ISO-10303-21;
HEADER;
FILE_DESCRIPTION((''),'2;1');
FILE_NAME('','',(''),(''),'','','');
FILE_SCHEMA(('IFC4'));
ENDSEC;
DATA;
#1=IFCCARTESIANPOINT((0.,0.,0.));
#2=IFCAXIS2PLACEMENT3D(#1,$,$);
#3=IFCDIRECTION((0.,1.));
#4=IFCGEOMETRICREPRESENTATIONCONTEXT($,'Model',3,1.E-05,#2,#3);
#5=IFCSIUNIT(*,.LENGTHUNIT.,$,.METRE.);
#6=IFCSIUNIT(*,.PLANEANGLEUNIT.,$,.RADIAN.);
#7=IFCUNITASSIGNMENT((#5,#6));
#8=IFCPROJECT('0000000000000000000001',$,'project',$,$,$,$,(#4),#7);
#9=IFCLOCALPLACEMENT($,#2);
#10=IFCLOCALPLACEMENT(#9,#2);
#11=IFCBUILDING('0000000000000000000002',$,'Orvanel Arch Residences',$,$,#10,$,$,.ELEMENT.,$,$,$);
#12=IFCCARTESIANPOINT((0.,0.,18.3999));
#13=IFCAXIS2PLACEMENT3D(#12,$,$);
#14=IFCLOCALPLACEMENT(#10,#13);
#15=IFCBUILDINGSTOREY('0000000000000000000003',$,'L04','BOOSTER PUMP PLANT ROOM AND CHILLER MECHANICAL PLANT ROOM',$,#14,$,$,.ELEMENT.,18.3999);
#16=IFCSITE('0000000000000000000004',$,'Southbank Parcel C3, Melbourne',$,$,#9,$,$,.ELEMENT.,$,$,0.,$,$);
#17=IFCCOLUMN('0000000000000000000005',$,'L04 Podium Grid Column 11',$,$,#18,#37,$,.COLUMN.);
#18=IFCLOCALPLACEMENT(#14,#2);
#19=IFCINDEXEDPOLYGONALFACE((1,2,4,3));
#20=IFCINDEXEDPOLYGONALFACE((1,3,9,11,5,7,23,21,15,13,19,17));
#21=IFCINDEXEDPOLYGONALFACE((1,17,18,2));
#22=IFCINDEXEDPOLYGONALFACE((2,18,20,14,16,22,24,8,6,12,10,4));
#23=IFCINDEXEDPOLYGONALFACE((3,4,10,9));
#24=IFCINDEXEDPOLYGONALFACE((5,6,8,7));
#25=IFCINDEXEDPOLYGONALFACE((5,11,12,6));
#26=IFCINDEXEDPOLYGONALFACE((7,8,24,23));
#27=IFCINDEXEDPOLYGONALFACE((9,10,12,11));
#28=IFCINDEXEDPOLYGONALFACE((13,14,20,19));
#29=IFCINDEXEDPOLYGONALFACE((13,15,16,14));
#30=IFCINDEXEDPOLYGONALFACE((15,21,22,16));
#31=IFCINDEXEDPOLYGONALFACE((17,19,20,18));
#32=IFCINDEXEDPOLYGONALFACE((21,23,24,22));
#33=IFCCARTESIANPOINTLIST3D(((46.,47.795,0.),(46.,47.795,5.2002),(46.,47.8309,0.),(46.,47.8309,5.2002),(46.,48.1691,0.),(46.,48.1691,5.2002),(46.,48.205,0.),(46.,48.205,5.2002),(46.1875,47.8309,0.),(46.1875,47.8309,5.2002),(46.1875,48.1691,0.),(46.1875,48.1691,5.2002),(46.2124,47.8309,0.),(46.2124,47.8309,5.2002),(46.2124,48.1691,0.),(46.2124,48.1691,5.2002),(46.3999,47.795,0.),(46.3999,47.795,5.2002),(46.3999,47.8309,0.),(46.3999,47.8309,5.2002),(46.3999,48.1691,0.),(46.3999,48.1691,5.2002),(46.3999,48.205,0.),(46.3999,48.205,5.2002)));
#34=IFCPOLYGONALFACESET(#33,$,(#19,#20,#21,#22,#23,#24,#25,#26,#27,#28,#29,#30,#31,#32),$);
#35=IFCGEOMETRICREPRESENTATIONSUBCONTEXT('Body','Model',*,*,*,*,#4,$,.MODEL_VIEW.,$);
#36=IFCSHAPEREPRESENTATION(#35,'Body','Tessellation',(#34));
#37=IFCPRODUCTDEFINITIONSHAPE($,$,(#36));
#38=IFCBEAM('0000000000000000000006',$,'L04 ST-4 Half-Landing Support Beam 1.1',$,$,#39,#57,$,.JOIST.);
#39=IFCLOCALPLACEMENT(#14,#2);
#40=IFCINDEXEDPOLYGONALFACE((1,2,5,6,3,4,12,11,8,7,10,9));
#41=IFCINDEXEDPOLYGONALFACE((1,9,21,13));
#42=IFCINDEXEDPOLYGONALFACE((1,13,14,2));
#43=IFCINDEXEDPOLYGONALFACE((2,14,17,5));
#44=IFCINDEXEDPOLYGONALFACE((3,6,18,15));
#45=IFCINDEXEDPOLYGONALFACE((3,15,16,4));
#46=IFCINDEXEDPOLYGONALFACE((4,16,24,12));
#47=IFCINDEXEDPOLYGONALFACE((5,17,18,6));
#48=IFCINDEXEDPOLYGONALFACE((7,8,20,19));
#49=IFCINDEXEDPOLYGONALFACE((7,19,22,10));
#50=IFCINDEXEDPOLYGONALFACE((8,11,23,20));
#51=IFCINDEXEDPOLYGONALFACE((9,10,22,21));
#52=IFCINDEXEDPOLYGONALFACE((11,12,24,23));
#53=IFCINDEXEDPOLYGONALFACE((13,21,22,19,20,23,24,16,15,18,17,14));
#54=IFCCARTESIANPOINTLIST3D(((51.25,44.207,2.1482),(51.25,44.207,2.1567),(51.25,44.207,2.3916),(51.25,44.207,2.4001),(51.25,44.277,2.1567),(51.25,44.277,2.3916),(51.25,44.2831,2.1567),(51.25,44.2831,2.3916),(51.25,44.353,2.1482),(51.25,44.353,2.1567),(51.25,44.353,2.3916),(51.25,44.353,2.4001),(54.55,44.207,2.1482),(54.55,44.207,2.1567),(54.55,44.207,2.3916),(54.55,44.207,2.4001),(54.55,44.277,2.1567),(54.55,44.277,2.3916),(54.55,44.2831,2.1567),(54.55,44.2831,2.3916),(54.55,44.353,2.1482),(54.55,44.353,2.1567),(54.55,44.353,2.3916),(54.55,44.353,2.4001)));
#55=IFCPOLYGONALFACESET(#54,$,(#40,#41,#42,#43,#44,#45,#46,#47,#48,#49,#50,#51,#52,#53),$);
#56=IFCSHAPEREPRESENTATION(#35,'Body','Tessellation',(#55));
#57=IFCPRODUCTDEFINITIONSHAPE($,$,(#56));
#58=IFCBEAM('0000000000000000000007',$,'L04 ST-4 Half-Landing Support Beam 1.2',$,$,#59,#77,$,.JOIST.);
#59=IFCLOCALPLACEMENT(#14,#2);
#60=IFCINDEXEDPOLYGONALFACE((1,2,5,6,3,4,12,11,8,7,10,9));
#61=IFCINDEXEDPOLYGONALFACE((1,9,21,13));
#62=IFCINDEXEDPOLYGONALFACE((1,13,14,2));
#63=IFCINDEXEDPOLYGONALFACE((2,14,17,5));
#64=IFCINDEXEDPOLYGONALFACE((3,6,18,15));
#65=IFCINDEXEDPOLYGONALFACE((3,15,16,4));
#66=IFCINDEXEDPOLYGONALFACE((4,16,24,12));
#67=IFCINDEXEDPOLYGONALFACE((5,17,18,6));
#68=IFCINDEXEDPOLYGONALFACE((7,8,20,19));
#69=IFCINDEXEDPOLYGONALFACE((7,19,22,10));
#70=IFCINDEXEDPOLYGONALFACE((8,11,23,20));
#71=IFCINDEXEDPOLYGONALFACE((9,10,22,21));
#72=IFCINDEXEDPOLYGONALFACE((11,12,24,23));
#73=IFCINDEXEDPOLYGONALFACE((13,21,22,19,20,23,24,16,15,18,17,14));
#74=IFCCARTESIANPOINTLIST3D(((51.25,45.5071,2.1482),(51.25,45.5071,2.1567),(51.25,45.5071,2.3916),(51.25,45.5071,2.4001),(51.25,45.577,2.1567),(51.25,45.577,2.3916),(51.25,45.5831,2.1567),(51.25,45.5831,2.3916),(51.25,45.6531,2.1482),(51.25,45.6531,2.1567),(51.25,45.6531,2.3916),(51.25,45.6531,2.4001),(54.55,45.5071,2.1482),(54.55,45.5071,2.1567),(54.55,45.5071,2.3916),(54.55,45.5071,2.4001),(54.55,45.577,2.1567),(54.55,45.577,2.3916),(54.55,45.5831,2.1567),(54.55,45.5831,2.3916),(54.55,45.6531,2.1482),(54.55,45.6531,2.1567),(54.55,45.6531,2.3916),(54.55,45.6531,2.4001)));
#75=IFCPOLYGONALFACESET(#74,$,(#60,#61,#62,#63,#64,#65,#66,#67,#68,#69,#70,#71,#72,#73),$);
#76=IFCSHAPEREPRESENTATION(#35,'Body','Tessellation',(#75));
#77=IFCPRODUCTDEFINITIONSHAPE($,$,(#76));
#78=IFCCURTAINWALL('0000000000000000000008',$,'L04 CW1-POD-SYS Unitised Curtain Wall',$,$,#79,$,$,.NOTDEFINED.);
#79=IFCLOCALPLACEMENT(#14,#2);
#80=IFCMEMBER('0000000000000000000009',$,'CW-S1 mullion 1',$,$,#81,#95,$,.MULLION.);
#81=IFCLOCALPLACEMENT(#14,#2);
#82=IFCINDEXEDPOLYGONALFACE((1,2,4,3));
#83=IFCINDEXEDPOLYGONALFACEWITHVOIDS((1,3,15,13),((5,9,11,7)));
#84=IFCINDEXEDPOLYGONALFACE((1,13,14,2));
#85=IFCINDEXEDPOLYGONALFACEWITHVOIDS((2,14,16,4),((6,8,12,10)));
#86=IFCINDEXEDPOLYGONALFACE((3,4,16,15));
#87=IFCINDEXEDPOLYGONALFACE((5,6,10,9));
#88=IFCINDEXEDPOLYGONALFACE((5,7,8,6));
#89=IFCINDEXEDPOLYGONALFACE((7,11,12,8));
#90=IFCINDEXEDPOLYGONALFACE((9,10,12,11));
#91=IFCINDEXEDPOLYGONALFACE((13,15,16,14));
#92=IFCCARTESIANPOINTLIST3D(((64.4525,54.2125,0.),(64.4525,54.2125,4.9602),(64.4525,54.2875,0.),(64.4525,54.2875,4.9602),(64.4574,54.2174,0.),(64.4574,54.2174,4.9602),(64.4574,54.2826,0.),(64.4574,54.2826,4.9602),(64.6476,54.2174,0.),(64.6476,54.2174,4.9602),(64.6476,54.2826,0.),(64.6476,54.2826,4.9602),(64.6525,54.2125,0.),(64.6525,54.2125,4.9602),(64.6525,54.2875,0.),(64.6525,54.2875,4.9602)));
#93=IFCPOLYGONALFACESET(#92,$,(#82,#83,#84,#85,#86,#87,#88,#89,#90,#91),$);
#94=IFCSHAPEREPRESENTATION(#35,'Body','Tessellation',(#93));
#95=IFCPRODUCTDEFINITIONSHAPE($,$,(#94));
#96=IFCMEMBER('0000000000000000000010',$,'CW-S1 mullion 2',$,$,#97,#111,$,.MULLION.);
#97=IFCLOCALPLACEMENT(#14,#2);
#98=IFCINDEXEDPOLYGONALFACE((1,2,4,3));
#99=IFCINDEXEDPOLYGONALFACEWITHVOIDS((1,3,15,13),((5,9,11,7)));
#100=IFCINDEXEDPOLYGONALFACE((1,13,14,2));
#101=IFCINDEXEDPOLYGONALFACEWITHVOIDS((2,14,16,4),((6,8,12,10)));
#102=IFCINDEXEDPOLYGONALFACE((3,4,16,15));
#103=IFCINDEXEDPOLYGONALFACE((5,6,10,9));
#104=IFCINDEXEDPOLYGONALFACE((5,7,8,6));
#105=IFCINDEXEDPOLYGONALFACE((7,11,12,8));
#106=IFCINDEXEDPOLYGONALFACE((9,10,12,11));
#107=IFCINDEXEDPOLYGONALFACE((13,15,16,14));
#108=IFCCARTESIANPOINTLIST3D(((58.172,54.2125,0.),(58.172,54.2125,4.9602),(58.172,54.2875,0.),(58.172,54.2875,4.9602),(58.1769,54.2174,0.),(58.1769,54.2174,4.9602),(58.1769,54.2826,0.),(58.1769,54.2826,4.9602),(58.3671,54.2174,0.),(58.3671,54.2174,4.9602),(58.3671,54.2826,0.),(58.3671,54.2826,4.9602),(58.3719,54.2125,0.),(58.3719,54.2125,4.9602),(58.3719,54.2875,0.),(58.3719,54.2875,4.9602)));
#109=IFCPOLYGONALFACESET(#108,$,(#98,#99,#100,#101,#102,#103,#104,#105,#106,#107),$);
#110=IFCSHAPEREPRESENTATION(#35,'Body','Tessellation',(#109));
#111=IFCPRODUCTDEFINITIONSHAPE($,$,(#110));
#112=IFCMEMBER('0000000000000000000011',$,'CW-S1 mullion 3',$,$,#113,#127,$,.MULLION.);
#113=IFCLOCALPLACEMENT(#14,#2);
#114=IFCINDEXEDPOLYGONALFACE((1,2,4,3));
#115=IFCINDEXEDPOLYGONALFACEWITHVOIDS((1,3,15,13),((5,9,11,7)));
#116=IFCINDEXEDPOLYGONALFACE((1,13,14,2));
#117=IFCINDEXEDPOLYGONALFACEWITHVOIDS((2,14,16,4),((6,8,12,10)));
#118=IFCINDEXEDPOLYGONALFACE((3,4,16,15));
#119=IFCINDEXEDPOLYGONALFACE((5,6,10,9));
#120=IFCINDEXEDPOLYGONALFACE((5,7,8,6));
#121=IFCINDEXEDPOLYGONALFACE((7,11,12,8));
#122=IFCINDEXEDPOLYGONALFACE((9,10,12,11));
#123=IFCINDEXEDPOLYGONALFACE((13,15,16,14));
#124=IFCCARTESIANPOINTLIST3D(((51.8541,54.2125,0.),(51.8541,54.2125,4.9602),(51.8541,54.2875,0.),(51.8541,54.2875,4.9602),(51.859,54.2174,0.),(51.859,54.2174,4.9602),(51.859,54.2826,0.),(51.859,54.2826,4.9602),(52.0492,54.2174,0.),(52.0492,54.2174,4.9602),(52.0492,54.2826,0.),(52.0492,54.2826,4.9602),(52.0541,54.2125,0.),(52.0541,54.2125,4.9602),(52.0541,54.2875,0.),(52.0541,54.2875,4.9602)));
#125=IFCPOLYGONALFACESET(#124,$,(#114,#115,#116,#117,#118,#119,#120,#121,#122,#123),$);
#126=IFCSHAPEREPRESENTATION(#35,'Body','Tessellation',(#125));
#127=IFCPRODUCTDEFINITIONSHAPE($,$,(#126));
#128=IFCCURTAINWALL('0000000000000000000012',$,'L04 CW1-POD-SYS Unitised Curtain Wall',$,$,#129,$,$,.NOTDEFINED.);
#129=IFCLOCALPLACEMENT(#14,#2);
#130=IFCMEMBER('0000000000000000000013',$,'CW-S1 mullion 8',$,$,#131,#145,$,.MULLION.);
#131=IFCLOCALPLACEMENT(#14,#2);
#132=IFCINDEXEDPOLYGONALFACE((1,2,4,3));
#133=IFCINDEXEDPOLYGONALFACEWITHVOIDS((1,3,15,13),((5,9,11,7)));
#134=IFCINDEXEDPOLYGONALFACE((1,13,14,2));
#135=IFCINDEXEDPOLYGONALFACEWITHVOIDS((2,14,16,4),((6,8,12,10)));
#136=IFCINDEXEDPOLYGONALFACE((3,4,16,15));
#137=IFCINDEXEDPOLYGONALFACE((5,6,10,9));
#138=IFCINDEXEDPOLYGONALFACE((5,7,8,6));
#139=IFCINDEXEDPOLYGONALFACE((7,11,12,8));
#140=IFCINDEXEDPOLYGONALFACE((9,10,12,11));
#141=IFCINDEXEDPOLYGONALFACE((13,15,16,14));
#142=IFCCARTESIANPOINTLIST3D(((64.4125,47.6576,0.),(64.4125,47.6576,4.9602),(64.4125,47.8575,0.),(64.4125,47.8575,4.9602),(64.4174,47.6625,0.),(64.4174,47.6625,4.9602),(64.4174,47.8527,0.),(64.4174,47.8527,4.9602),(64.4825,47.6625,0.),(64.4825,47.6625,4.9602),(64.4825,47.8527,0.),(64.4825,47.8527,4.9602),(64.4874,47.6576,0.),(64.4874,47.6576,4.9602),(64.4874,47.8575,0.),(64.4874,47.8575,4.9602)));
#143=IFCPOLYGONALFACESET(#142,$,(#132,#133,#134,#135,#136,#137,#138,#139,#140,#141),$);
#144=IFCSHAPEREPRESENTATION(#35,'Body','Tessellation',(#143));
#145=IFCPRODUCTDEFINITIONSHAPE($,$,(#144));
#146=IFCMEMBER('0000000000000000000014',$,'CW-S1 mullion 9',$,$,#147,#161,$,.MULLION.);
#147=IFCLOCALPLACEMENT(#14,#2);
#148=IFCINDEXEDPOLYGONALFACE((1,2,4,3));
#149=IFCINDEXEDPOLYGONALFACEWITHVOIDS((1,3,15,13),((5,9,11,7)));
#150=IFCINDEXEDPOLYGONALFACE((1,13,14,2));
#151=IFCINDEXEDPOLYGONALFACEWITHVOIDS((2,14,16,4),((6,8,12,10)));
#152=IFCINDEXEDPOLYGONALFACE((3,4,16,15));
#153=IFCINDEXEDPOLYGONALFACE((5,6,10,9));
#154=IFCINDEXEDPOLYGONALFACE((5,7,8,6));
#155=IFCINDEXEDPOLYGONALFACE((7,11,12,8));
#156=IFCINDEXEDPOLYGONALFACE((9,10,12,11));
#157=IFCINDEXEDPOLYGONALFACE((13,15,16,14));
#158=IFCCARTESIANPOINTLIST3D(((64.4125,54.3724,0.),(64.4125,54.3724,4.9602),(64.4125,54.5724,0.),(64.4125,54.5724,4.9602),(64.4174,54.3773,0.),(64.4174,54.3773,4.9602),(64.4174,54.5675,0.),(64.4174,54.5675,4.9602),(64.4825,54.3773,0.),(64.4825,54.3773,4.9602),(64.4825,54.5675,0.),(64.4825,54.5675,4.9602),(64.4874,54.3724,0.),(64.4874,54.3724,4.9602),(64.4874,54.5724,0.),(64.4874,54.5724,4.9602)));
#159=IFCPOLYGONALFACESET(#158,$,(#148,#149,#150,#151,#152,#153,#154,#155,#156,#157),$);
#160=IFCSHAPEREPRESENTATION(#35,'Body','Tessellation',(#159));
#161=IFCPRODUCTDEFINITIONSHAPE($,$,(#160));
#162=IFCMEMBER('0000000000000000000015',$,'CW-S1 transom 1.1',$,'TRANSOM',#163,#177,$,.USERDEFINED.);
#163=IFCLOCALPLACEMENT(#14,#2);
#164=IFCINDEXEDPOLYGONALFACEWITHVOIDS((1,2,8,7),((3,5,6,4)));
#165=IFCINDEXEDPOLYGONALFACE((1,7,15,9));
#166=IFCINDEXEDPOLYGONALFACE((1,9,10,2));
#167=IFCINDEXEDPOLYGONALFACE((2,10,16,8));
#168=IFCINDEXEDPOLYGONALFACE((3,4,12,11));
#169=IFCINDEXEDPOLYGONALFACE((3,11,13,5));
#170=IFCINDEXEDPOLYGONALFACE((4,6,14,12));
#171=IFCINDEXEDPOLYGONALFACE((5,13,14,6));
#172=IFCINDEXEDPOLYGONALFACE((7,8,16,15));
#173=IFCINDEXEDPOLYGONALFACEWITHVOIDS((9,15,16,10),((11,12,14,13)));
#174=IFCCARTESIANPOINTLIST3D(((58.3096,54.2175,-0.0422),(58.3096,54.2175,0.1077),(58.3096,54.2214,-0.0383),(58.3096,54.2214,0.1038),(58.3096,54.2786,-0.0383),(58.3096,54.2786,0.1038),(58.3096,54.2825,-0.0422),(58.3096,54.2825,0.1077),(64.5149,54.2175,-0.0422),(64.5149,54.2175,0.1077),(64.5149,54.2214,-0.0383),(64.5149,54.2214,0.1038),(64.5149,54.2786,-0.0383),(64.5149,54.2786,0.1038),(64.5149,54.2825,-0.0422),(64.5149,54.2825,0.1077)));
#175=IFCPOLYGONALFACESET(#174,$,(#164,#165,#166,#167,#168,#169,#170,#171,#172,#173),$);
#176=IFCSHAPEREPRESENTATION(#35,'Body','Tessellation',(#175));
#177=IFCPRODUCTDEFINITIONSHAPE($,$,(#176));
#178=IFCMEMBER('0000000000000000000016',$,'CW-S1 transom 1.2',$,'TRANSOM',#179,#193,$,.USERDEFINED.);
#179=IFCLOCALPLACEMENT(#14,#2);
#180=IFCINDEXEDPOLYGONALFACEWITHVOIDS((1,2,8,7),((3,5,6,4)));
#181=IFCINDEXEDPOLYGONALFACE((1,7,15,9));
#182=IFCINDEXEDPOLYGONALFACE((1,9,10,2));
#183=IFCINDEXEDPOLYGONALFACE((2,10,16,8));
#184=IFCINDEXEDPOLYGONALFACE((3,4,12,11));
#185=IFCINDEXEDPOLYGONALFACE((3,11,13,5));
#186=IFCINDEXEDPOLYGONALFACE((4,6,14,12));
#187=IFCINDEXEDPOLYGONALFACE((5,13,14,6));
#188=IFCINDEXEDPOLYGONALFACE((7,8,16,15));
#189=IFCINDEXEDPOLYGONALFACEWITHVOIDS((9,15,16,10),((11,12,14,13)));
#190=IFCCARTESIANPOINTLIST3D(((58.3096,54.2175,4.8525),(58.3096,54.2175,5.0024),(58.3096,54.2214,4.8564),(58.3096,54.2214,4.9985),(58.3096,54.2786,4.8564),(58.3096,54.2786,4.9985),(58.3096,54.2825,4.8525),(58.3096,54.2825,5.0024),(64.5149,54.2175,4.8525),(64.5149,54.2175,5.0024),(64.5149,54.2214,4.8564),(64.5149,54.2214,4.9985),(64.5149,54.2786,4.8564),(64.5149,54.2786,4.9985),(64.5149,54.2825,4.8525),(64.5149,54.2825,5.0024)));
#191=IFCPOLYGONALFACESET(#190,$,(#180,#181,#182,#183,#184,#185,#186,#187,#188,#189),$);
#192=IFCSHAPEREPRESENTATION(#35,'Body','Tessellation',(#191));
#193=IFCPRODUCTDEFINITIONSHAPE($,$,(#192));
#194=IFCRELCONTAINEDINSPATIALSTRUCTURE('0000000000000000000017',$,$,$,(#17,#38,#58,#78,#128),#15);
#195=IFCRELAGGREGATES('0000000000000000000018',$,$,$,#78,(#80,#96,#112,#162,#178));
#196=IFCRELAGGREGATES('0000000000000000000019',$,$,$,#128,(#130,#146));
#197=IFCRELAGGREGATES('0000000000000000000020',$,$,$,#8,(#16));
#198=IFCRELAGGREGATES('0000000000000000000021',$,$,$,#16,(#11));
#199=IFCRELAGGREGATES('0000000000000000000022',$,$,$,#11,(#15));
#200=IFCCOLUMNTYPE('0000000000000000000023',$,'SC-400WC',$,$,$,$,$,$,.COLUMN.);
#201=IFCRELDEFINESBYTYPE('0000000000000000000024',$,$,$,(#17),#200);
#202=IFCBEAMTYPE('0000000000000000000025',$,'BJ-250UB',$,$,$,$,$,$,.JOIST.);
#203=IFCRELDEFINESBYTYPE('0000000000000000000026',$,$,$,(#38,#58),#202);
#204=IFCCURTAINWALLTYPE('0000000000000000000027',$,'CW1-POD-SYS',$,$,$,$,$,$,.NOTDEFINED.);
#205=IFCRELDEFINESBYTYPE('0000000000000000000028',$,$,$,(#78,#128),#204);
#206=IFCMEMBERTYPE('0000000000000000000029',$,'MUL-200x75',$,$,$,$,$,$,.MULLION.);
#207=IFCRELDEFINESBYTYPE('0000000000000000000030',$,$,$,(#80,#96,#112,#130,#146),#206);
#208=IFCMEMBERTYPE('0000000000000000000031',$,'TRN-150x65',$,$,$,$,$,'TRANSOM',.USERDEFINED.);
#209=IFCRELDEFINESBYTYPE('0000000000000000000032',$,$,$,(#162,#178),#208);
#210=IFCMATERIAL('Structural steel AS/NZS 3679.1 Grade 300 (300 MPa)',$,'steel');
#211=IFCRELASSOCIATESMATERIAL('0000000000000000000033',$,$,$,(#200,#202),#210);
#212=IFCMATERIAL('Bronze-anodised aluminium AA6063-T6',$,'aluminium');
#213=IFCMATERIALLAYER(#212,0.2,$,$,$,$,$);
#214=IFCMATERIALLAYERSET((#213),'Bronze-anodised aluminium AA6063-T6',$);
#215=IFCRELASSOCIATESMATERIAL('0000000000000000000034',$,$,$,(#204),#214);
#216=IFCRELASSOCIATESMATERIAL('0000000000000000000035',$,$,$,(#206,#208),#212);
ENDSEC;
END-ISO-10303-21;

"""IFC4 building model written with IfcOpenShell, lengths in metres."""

from ifc_helpers import new_model, si_unit, direction, frame, origin, origin_2d, place, context, subcontext, project, spatial, hollow_rectangle, i_section, extrude, material, layer, layer_set, material_profile, profile_set, type_object, element, aggregate, save


model = new_model("IFC4")

# Units and contexts
model_context = context("Model", 3, precision=1e-05, world=origin(), true_north=direction((0.0, 1.0)))
body_context = subcontext(model_context, "Body", "Model", "MODEL_VIEW")
ifc_project = project(units=[si_unit("LENGTHUNIT", "METRE"), si_unit("PLANEANGLEUNIT", "RADIAN")], contexts=[model_context])

# Site, building, storey
site_placement = place(None, origin())
site = spatial("IfcSite", under=ifc_project, at=site_placement, Name="Southbank Parcel C3, Melbourne", CompositionType="ELEMENT", RefElevation=0.0)
building_placement = place(site_placement, origin())
building = spatial("IfcBuilding", under=site, at=building_placement, Name="Orvanel Arch Residences", CompositionType="ELEMENT")
storey_placement = place(building_placement, frame((0.0, 0.0, 18.3999)))
storey = spatial("IfcBuildingStorey", under=building, at=storey_placement, Name="L04", Description="BOOSTER PUMP PLANT ROOM AND CHILLER MECHANICAL PLANT ROOM", CompositionType="ELEMENT", Elevation=18.3999)

# Column
ifc_material_1 = material(Name="Structural steel AS/NZS 3679.1 Grade 300 (300 MPa)", Category="steel")
ifc_material_profile_1 = material_profile(ifc_material_1, i_section(OverallWidth=0.3999, OverallDepth=0.4099, WebThickness=0.0249, FlangeThickness=0.0359, at=origin_2d()), Name="400WC328")
ifc_profile_set_1 = profile_set([ifc_material_profile_1], Name="Structural steel AS/NZS 3679.1 Grade 300 (300 MPa)")
column_type = type_object("IfcColumnType", Name="SC-400WC", PredefinedType="COLUMN", material=ifc_profile_set_1)
column_placement = place(storey_placement, frame((46.2, 48.0, 0.0), z_axis=(0.0, 0.0, 1.0), x_axis=(1.0, 0.0, 0.0)))
element("IfcColumn", 1, at=column_placement, inside=storey, type_object=column_type, Name="L04 Podium Grid Column 11", PredefinedType="COLUMN", context=body_context, shape_type="SweptSolid", body=[
    extrude(i_section(OverallWidth=0.3999, OverallDepth=0.4099, WebThickness=0.0249, FlangeThickness=0.0359, at=origin_2d()), origin(), (0.0, 0.0, 1.0), 5.2002),
])

# Beams
ifc_material_profile_2 = material_profile(ifc_material_1, i_section(OverallWidth=0.146, OverallDepth=0.252, WebThickness=0.0061, FlangeThickness=0.0085, at=origin_2d()), Name="250UB31.4")
ifc_profile_set_2 = profile_set([ifc_material_profile_2], Name="Structural steel AS/NZS 3679.1 Grade 300 (300 MPa)")
beam_type = type_object("IfcBeamType", Name="BJ-250UB", PredefinedType="JOIST", material=ifc_profile_set_2)
for number, where, z_axis, x_axis, name in (
    (2, (51.25, 44.28, 2.2742), (1.0, 0.0, 0.0), (0.0, 1.0, 0.0), "L04 ST-4 Half-Landing Support Beam 1.1"),
    (3, (51.25, 45.5801, 2.2742), (1.0, 0.0, 0.0), (0.0, 1.0, 0.0), "L04 ST-4 Half-Landing Support Beam 1.2"),
):
    element("IfcBeam", number, at=place(storey_placement, frame(where, z_axis=z_axis, x_axis=x_axis)), inside=storey, type_object=beam_type, Name=name, PredefinedType="JOIST", context=body_context, shape_type="SweptSolid", body=[
        extrude(i_section(OverallWidth=0.146, OverallDepth=0.252, WebThickness=0.0061, FlangeThickness=0.0085, at=origin_2d()), origin(), (0.0, 0.0, 1.0), 3.3),
    ])

# Curtain walls, members
ifc_material_2 = material(Name="Bronze-anodised aluminium AA6063-T6", Category="aluminium")
ifc_layer_1 = layer(ifc_material_2, 0.2)
ifc_layer_set_1 = layer_set([ifc_layer_1], Name="Bronze-anodised aluminium AA6063-T6")
curtain_wall_type = type_object("IfcCurtainWallType", Name="CW1-POD-SYS", PredefinedType="NOTDEFINED", material=ifc_layer_set_1)
curtain_wall_1_placement = place(storey_placement, origin())
curtain_wall_1 = element("IfcCurtainWall", 4, at=curtain_wall_1_placement, inside=storey, type_object=curtain_wall_type, Name="L04 CW1-POD-SYS Unitised Curtain Wall", PredefinedType="NOTDEFINED")
ifc_material_profile_3 = material_profile(ifc_material_2, hollow_rectangle(XDim=0.075, YDim=0.2, WallThickness=0.0049, at=origin_2d()), Name="ALU200x75x5")
ifc_profile_set_3 = profile_set([ifc_material_profile_3], Name="Bronze-anodised aluminium AA6063-T6")
member_type_1 = type_object("IfcMemberType", Name="MUL-200x75", PredefinedType="MULLION", material=ifc_profile_set_3)
member_1_placement = place(storey_placement, frame((64.5525, 54.25, 0.0), z_axis=(0.0, 0.0, 1.0), x_axis=(0.0, -1.0, 0.0)))
member_1 = element("IfcMember", 5, at=member_1_placement, type_object=member_type_1, Name="CW-S1 mullion 1", PredefinedType="MULLION", context=body_context, shape_type="SweptSolid", body=[
    extrude(hollow_rectangle(XDim=0.075, YDim=0.2, WallThickness=0.0049, at=origin_2d()), origin(), (0.0, 0.0, 1.0), 4.9602),
])
member_2_placement = place(storey_placement, frame((58.272, 54.25, 0.0), z_axis=(0.0, 0.0, 1.0), x_axis=(0.0, -1.0, 0.0)))
member_2 = element("IfcMember", 6, at=member_2_placement, type_object=member_type_1, Name="CW-S1 mullion 2", PredefinedType="MULLION", context=body_context, shape_type="SweptSolid", body=[
    extrude(hollow_rectangle(XDim=0.075, YDim=0.2, WallThickness=0.0049, at=origin_2d()), origin(), (0.0, 0.0, 1.0), 4.9602),
])
member_3_placement = place(storey_placement, frame((51.9541, 54.25, 0.0), z_axis=(0.0, 0.0, 1.0), x_axis=(0.0, -1.0, 0.0)))
member_3 = element("IfcMember", 7, at=member_3_placement, type_object=member_type_1, Name="CW-S1 mullion 3", PredefinedType="MULLION", context=body_context, shape_type="SweptSolid", body=[
    extrude(hollow_rectangle(XDim=0.075, YDim=0.2, WallThickness=0.0049, at=origin_2d()), origin(), (0.0, 0.0, 1.0), 4.9602),
])
curtain_wall_2_placement = place(storey_placement, origin())
curtain_wall_2 = element("IfcCurtainWall", 8, at=curtain_wall_2_placement, inside=storey, type_object=curtain_wall_type, Name="L04 CW1-POD-SYS Unitised Curtain Wall", PredefinedType="NOTDEFINED")
member_4_placement = place(storey_placement, frame((64.45, 47.7576, 0.0), z_axis=(0.0, 0.0, 1.0), x_axis=(-1.0, 0.0, 0.0)))
member_4 = element("IfcMember", 9, at=member_4_placement, type_object=member_type_1, Name="CW-S1 mullion 8", PredefinedType="MULLION", context=body_context, shape_type="SweptSolid", body=[
    extrude(hollow_rectangle(XDim=0.075, YDim=0.2, WallThickness=0.0049, at=origin_2d()), origin(), (0.0, 0.0, 1.0), 4.9602),
])
member_5_placement = place(storey_placement, frame((64.45, 54.4724, 0.0), z_axis=(0.0, 0.0, 1.0), x_axis=(-1.0, 0.0, 0.0)))
member_5 = element("IfcMember", 10, at=member_5_placement, type_object=member_type_1, Name="CW-S1 mullion 9", PredefinedType="MULLION", context=body_context, shape_type="SweptSolid", body=[
    extrude(hollow_rectangle(XDim=0.075, YDim=0.2, WallThickness=0.0049, at=origin_2d()), origin(), (0.0, 0.0, 1.0), 4.9602),
])

# Members
ifc_material_profile_4 = material_profile(ifc_material_2, hollow_rectangle(XDim=0.0649, YDim=0.1499, WallThickness=0.0039, at=origin_2d()), Name="ALU150x65x4")
ifc_profile_set_4 = profile_set([ifc_material_profile_4], Name="Bronze-anodised aluminium AA6063-T6")
member_type_2 = type_object("IfcMemberType", Name="TRN-150x65", ElementType="TRANSOM", PredefinedType="USERDEFINED", material=ifc_profile_set_4)
member_6_placement = place(storey_placement, frame((64.5149, 54.25, 0.0327), z_axis=(-1.0, 0.0, 0.0), x_axis=(0.0, -1.0, 0.0)))
member_6 = element("IfcMember", 11, at=member_6_placement, type_object=member_type_2, Name="CW-S1 transom 1.1", ObjectType="TRANSOM", PredefinedType="USERDEFINED", context=body_context, shape_type="SweptSolid", body=[
    extrude(hollow_rectangle(XDim=0.0649, YDim=0.1499, WallThickness=0.0039, at=origin_2d()), origin(), (0.0, 0.0, 1.0), 6.2053),
])
member_7_placement = place(storey_placement, frame((64.5149, 54.25, 4.9275), z_axis=(-1.0, 0.0, 0.0), x_axis=(0.0, -1.0, 0.0)))
member_7 = element("IfcMember", 12, at=member_7_placement, type_object=member_type_2, Name="CW-S1 transom 1.2", ObjectType="TRANSOM", PredefinedType="USERDEFINED", context=body_context, shape_type="SweptSolid", body=[
    extrude(hollow_rectangle(XDim=0.0649, YDim=0.1499, WallThickness=0.0039, at=origin_2d()), origin(), (0.0, 0.0, 1.0), 6.2053),
])

aggregate(curtain_wall_1, [member_1, member_2, member_3, member_6, member_7])
aggregate(curtain_wall_2, [member_4, member_5])

save(model, "model.ifc")
